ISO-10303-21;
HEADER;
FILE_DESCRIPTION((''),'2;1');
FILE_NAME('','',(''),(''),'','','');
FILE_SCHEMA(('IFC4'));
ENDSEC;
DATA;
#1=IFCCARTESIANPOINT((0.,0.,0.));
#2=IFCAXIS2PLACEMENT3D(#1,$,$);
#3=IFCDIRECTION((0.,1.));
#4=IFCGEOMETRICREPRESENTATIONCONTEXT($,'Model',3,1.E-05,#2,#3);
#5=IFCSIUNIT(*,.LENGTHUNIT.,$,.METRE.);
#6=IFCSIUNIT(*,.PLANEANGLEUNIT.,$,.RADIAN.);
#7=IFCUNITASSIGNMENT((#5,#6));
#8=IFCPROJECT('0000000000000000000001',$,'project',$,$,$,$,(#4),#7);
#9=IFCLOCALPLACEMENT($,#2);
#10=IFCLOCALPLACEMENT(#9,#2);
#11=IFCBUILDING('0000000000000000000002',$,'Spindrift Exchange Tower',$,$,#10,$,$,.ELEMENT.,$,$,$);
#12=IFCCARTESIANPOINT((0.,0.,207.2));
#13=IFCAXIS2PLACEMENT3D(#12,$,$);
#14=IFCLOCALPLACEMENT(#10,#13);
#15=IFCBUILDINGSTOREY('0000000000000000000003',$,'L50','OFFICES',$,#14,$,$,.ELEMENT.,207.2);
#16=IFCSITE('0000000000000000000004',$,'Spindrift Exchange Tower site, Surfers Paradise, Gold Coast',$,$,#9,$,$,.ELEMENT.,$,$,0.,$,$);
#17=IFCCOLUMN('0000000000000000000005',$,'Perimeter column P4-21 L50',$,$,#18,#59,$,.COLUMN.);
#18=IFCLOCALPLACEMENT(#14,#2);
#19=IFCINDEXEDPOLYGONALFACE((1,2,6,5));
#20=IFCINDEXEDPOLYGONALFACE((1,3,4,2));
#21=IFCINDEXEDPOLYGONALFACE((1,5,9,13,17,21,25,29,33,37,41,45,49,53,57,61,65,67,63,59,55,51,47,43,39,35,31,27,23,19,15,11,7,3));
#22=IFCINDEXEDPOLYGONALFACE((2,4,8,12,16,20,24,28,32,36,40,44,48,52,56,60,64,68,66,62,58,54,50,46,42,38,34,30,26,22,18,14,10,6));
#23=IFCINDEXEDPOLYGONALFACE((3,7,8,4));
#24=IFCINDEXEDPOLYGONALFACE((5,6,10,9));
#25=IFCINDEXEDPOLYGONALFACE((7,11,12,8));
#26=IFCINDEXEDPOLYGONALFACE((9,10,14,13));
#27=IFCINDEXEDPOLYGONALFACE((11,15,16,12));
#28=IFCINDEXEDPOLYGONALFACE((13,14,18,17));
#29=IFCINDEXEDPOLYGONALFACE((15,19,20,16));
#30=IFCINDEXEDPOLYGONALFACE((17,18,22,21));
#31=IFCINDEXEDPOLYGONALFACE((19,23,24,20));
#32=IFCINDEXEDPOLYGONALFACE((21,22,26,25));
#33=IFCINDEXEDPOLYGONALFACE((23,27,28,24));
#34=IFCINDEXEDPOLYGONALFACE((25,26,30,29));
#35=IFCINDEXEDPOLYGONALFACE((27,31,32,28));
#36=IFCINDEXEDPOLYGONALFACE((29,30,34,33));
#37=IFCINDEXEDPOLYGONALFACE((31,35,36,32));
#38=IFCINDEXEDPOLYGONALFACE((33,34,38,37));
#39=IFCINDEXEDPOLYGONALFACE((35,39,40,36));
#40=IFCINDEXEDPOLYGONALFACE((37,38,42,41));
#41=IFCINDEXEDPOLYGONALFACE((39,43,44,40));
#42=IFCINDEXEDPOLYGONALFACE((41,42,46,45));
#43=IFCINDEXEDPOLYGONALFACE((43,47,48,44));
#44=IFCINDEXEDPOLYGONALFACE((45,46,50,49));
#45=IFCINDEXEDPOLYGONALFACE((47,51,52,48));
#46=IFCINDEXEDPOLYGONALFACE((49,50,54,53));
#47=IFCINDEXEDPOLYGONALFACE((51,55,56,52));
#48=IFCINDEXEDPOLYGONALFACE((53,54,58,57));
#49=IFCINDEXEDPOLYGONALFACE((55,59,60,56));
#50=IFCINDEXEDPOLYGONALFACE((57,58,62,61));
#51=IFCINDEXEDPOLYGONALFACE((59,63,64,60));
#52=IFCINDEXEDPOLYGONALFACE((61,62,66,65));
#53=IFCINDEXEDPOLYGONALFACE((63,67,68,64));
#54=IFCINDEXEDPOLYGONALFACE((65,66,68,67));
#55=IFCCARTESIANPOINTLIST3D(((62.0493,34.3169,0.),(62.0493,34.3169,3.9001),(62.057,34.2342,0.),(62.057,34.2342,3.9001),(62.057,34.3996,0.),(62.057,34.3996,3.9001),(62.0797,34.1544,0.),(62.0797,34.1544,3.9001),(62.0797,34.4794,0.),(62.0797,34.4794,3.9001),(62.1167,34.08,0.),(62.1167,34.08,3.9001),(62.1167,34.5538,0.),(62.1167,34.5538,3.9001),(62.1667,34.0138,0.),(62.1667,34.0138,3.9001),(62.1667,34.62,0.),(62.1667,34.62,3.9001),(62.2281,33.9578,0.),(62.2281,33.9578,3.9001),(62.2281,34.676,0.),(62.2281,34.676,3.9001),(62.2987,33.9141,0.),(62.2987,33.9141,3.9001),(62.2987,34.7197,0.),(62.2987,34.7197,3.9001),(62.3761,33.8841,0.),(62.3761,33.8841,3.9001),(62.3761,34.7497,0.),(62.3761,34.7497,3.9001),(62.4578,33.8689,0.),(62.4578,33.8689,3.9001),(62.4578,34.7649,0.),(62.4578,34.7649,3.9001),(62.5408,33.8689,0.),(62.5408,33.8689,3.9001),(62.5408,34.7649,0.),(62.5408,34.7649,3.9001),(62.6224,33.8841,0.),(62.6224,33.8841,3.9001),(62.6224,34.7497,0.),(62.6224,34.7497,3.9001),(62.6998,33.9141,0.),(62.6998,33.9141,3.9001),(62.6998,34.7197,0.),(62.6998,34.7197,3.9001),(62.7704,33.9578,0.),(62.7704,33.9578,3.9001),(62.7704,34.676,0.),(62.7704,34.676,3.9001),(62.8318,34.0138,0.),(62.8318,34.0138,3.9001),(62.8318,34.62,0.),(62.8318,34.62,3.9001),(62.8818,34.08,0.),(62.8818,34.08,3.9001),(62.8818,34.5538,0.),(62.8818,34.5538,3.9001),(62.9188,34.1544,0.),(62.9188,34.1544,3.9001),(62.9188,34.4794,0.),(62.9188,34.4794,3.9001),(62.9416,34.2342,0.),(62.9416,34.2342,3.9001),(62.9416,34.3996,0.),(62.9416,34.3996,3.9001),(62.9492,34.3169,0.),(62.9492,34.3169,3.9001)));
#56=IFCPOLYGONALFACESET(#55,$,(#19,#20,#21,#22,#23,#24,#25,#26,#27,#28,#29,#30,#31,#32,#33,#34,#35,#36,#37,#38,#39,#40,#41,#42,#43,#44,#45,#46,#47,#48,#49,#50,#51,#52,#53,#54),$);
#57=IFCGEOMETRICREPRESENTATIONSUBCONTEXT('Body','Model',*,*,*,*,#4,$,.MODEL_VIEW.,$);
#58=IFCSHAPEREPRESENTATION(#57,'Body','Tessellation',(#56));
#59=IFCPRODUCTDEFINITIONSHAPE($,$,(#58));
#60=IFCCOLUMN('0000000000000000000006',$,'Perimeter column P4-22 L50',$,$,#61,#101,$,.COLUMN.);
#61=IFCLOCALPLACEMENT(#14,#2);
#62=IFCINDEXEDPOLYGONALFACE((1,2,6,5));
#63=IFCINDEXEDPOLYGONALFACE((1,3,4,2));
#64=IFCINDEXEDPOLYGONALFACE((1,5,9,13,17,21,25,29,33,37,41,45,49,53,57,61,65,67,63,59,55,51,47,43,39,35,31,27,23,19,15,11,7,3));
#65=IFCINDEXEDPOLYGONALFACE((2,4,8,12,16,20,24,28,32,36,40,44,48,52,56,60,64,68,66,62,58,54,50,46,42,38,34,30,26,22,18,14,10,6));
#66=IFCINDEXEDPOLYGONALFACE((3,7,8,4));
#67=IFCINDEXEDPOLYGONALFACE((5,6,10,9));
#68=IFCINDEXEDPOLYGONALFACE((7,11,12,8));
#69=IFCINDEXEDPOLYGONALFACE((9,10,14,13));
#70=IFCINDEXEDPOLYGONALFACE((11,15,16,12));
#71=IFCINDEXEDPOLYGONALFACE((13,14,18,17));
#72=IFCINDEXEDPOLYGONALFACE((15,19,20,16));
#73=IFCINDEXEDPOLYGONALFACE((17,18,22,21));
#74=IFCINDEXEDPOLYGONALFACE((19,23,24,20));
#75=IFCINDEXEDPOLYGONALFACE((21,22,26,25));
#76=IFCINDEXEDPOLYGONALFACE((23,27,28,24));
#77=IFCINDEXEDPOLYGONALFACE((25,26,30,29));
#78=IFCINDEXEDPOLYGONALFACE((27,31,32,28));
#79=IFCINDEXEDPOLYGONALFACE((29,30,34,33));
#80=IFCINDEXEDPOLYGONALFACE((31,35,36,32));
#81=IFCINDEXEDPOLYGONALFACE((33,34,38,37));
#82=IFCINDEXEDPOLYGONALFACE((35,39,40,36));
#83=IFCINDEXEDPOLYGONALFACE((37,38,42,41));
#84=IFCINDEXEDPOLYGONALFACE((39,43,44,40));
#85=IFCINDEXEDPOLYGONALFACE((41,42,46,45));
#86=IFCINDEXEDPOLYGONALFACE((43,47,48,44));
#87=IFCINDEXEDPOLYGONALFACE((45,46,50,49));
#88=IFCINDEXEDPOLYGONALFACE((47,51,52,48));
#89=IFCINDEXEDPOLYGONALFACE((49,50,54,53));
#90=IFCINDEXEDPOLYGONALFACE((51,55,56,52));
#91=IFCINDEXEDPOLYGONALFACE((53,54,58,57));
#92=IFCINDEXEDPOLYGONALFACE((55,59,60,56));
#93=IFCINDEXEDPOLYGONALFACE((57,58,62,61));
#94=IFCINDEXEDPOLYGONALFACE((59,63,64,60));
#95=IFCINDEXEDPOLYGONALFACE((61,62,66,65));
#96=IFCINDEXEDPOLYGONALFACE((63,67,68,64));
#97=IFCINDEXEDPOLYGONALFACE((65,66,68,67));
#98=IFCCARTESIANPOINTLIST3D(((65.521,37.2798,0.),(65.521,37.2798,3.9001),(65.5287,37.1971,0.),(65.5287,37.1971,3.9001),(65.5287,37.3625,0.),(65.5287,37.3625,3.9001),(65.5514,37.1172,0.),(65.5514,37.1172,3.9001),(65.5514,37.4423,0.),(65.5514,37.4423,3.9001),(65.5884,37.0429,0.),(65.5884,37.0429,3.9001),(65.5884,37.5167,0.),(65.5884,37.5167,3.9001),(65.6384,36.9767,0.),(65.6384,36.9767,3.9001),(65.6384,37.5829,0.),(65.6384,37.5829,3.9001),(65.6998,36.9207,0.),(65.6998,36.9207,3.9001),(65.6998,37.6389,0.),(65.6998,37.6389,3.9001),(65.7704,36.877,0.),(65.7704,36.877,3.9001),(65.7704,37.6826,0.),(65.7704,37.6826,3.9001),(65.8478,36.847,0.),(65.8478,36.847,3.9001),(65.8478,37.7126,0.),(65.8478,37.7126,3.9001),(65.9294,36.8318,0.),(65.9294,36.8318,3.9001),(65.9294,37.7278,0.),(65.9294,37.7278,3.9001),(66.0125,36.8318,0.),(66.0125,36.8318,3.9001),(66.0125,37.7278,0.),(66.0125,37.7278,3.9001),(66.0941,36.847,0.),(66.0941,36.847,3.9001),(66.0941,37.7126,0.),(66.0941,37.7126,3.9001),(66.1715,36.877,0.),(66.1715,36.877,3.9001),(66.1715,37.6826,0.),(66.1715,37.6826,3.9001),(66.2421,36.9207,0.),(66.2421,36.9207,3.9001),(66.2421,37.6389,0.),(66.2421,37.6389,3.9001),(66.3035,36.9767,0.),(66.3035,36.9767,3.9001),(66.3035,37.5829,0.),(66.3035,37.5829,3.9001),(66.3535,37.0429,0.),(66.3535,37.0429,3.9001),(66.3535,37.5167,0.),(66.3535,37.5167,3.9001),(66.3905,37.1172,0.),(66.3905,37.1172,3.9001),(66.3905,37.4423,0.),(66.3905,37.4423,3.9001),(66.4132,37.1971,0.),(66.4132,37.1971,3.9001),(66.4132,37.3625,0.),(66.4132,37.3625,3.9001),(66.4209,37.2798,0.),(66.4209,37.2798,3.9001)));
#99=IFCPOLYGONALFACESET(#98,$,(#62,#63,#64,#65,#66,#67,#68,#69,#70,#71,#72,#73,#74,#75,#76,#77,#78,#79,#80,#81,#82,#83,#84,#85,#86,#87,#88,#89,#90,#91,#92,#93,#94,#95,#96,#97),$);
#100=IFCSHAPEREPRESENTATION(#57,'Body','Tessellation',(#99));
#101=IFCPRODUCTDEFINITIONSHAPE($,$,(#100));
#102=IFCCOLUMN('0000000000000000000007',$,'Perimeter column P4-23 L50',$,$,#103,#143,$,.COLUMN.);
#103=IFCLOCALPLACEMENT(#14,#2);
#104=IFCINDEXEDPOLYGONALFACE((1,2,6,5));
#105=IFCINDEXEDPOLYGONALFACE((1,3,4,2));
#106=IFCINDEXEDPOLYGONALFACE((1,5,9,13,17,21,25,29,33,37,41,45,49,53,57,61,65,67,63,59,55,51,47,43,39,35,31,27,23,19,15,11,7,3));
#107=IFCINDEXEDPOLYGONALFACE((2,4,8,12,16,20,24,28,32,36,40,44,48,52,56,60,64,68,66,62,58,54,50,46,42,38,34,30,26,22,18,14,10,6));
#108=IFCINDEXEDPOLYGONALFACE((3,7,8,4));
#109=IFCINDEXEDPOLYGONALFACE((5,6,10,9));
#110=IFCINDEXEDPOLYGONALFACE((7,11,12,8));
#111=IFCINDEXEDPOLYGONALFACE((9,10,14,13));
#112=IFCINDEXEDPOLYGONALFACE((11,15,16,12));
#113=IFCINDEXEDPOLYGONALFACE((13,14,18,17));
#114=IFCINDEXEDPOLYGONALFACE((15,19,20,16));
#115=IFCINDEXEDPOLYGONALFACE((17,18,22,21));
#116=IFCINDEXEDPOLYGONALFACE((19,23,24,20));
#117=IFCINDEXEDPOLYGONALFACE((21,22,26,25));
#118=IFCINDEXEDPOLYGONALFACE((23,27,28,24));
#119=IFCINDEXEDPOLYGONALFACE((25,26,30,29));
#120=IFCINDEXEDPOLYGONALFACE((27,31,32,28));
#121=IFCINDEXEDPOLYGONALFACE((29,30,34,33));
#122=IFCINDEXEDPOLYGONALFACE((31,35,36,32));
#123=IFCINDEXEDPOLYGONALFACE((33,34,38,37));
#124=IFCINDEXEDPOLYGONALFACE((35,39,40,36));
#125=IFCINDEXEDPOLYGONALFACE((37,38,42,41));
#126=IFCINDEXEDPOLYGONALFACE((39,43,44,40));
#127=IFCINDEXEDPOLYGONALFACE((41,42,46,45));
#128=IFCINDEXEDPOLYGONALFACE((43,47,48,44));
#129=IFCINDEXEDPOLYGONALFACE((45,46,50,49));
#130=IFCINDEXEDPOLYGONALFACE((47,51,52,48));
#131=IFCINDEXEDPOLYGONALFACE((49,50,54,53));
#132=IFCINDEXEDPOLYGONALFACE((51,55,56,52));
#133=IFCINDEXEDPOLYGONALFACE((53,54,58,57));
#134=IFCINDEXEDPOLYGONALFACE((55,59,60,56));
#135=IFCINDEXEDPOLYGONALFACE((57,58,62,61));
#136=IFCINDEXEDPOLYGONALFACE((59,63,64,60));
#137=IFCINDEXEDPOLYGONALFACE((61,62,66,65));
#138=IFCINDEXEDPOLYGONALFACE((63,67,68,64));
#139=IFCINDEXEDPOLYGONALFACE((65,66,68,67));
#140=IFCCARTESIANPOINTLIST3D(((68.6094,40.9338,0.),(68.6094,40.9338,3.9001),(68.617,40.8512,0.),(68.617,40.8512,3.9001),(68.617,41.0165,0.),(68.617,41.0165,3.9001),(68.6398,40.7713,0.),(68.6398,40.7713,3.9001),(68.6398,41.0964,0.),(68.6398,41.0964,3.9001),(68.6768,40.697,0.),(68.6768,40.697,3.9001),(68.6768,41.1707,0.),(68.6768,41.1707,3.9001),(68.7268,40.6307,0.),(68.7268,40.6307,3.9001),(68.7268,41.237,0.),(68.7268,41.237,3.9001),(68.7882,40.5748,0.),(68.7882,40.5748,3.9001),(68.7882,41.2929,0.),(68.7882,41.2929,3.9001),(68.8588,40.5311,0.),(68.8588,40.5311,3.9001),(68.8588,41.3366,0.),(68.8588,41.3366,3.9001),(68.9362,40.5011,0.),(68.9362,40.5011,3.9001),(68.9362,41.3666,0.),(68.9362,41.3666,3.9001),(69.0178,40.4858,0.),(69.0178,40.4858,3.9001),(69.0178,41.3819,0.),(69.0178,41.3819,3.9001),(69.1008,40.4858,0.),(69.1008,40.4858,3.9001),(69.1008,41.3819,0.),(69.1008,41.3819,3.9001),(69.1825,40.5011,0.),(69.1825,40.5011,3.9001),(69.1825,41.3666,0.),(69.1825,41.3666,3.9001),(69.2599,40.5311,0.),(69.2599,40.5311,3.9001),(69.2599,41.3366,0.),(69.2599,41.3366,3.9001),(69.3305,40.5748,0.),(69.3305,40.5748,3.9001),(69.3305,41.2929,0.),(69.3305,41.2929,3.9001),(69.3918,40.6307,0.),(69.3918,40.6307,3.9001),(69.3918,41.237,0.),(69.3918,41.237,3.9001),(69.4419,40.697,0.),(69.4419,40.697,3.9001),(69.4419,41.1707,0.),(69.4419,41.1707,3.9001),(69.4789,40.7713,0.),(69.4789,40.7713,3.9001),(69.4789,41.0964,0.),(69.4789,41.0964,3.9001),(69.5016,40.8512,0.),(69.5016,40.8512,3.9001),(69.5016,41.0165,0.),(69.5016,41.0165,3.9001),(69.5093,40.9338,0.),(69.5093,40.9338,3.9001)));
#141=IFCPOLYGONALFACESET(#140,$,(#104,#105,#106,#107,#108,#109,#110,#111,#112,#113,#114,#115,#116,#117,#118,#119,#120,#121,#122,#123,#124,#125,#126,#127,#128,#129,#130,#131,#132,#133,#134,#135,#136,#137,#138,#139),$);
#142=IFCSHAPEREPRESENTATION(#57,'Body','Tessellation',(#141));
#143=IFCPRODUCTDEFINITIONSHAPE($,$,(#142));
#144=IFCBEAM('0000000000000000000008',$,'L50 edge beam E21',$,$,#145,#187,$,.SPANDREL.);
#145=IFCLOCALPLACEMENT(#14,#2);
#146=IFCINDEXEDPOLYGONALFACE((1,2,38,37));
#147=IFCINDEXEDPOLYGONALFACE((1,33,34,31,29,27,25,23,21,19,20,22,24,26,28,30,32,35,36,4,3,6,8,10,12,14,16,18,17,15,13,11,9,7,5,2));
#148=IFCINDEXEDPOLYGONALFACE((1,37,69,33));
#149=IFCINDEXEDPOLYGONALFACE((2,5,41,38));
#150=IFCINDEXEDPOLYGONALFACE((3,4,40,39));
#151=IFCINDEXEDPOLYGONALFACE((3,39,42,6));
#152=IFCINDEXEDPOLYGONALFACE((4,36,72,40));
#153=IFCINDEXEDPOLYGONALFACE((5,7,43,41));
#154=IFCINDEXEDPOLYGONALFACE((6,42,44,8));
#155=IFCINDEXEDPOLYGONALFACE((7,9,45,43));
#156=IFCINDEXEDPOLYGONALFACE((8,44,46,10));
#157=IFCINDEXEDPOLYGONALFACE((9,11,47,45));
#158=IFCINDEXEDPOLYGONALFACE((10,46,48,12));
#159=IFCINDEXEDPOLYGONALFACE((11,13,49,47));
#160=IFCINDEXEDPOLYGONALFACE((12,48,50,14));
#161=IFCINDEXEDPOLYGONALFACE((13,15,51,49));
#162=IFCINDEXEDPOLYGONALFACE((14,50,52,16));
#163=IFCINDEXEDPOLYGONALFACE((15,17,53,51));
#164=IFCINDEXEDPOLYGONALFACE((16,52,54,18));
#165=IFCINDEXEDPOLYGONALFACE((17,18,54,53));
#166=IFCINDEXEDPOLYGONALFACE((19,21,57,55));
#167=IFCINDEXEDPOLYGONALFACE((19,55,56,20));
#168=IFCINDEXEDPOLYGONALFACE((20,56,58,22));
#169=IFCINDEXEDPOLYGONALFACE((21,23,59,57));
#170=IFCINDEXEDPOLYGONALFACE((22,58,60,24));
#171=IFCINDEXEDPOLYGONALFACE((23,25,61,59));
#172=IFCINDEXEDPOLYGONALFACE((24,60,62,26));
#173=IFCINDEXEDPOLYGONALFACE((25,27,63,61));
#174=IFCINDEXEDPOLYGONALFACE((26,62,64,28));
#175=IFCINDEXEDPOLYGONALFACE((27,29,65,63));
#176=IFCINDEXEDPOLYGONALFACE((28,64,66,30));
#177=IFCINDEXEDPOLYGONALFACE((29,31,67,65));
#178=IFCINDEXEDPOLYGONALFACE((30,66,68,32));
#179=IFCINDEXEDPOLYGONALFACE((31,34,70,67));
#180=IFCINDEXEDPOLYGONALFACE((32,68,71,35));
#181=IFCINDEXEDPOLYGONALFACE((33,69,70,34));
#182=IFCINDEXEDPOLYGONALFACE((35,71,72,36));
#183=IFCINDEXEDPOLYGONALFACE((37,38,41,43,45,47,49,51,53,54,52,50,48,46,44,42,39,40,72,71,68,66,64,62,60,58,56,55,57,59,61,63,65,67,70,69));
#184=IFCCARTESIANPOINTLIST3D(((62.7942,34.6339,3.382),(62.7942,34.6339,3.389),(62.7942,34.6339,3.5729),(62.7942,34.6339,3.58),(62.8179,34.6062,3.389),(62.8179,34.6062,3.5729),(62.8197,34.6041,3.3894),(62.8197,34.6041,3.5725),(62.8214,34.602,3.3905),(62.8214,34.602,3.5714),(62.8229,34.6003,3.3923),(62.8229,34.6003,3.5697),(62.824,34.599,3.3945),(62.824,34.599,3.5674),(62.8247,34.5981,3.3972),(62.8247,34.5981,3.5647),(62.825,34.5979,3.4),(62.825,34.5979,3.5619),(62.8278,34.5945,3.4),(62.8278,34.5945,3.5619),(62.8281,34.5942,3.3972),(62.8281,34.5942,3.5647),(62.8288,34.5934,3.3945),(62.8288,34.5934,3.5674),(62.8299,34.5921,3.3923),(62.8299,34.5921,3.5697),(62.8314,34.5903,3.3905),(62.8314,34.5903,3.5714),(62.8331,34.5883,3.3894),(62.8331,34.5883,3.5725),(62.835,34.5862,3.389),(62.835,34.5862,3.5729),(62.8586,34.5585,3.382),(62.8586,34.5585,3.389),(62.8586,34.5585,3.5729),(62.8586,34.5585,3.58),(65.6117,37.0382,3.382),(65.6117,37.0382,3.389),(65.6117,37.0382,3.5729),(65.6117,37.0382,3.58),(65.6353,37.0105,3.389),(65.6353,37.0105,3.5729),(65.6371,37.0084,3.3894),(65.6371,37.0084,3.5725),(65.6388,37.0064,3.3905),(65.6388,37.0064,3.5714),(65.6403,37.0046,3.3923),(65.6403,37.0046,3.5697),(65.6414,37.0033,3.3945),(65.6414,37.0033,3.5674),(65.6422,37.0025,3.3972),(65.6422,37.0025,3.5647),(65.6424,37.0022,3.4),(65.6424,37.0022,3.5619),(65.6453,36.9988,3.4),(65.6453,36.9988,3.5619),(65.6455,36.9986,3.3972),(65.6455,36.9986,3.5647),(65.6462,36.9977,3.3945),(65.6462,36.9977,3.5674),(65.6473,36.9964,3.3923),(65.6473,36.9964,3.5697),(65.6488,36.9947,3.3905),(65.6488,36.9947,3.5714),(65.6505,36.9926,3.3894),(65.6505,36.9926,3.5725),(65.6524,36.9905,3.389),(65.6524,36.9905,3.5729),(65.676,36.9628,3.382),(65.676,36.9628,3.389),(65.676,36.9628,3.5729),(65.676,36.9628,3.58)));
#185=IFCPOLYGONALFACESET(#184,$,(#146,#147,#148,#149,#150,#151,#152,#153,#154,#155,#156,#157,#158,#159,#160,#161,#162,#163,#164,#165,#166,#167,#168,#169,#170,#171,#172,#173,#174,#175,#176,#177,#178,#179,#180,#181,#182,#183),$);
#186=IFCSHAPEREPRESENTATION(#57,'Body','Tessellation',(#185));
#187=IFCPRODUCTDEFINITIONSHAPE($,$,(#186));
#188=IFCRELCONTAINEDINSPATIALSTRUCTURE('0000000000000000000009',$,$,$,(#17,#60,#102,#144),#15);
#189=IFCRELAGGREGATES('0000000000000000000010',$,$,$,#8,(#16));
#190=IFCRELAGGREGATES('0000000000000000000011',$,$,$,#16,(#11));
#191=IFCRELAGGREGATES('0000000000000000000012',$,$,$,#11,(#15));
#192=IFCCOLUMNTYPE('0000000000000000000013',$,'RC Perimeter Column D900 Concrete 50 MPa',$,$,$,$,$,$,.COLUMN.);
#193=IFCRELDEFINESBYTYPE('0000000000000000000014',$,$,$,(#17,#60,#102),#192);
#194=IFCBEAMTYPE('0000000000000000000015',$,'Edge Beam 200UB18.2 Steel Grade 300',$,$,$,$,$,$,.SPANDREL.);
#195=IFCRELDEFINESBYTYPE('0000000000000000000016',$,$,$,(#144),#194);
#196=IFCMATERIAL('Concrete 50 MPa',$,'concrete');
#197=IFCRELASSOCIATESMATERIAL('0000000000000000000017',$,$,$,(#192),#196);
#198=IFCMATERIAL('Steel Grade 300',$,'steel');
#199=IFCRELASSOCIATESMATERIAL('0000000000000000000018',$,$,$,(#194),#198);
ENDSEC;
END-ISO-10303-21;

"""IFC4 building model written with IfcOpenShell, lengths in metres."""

from ifc_helpers import new_model, si_unit, direction, frame, origin, origin_2d, place, context, subcontext, project, spatial, circle, i_section, extrude, source, transform, mapped, material, material_profile, profile_set, type_object, element, save


model = new_model("IFC4")

# Units and contexts
model_context = context("Model", 3, precision=1e-05, world=origin(), true_north=direction((0.0, 1.0)))
body_context = subcontext(model_context, "Body", "Model", "MODEL_VIEW")
ifc_project = project(units=[si_unit("LENGTHUNIT", "METRE"), si_unit("PLANEANGLEUNIT", "RADIAN")], contexts=[model_context])

# Site, building, storey
site_placement = place(None, origin())
site = spatial("IfcSite", under=ifc_project, at=site_placement, Name="Spindrift Exchange Tower site, Surfers Paradise, Gold Coast", CompositionType="ELEMENT", RefElevation=0.0)
building_placement = place(site_placement, origin())
building = spatial("IfcBuilding", under=site, at=building_placement, Name="Spindrift Exchange Tower", CompositionType="ELEMENT")
storey_placement = place(building_placement, frame((0.0, 0.0, 207.2)))
storey = spatial("IfcBuildingStorey", under=building, at=storey_placement, Name="L50", Description="OFFICES", CompositionType="ELEMENT", Elevation=207.2)

# Columns
ifc_material_1 = material(Name="Concrete 50 MPa", Category="concrete")
ifc_material_profile_1 = material_profile(ifc_material_1, circle(Radius=0.45, at=origin_2d()), Name="RC D900")
ifc_profile_set_1 = profile_set([ifc_material_profile_1], Name="Concrete 50 MPa")
column_type = type_object("IfcColumnType", Name="RC Perimeter Column D900 Concrete 50 MPa", PredefinedType="COLUMN", material=ifc_profile_set_1)
shared_shape_1 = source(origin(), body_context, "Body", "SweptSolid", [
    extrude(circle(Radius=0.45, at=origin_2d()), origin(), (0.0, 0.0, 1.0), 3.9001),
])
for number, where, z_axis, x_axis, name in (
    (1, (62.4993, 34.3169, 0.0), (0.0, 0.0, 1.0), (1.0, 0.0, 0.0), "Perimeter column P4-21 L50"),
    (2, (65.9709, 37.2798, 0.0), (0.0, 0.0, 1.0), (1.0, 0.0, 0.0), "Perimeter column P4-22 L50"),
    (3, (69.0593, 40.9338, 0.0), (0.0, 0.0, 1.0), (1.0, 0.0, 0.0), "Perimeter column P4-23 L50"),
):
    element("IfcColumn", number, at=place(storey_placement, frame(where, z_axis=z_axis, x_axis=x_axis)), inside=storey, type_object=column_type, Name=name, PredefinedType="COLUMN", context=body_context, shape_type="MappedRepresentation", body=[
        mapped(shared_shape_1, transform((0.0, 0.0, 0.0), scale=1.0)),
    ])

# Beam
ifc_material_2 = material(Name="Steel Grade 300", Category="steel")
ifc_material_profile_2 = material_profile(ifc_material_2, i_section(OverallWidth=0.0991, OverallDepth=0.198, WebThickness=0.0044, FlangeThickness=0.0071, FilletRadius=0.011, at=origin_2d()), Name="200UB18.2")
ifc_profile_set_2 = profile_set([ifc_material_profile_2], Name="Steel Grade 300")
beam_type_1 = type_object("IfcBeamType", Name="Edge Beam 200UB18.2 Steel Grade 300", PredefinedType="SPANDREL", material=ifc_profile_set_2)
shared_shape_2 = source(origin(), body_context, "Body", "SweptSolid", [
    extrude(i_section(OverallWidth=0.0991, OverallDepth=0.198, WebThickness=0.0044, FlangeThickness=0.0071, FilletRadius=0.011, at=origin_2d()), origin(), (0.0, 0.0, 1.0), 3.7039),
])
beam_1_placement = place(storey_placement, frame((62.8264, 34.5962, 3.481), z_axis=(0.760669, 0.64914, 0.0), x_axis=(-0.64914, 0.760669, 0.0)))
element("IfcBeam", 4, at=beam_1_placement, inside=storey, type_object=beam_type_1, Name="L50 edge beam E21", PredefinedType="SPANDREL", context=body_context, shape_type="MappedRepresentation", body=[
    mapped(shared_shape_2, transform((0.0, 0.0, 0.0), scale=1.0)),
])

save(model, "model.ifc")
